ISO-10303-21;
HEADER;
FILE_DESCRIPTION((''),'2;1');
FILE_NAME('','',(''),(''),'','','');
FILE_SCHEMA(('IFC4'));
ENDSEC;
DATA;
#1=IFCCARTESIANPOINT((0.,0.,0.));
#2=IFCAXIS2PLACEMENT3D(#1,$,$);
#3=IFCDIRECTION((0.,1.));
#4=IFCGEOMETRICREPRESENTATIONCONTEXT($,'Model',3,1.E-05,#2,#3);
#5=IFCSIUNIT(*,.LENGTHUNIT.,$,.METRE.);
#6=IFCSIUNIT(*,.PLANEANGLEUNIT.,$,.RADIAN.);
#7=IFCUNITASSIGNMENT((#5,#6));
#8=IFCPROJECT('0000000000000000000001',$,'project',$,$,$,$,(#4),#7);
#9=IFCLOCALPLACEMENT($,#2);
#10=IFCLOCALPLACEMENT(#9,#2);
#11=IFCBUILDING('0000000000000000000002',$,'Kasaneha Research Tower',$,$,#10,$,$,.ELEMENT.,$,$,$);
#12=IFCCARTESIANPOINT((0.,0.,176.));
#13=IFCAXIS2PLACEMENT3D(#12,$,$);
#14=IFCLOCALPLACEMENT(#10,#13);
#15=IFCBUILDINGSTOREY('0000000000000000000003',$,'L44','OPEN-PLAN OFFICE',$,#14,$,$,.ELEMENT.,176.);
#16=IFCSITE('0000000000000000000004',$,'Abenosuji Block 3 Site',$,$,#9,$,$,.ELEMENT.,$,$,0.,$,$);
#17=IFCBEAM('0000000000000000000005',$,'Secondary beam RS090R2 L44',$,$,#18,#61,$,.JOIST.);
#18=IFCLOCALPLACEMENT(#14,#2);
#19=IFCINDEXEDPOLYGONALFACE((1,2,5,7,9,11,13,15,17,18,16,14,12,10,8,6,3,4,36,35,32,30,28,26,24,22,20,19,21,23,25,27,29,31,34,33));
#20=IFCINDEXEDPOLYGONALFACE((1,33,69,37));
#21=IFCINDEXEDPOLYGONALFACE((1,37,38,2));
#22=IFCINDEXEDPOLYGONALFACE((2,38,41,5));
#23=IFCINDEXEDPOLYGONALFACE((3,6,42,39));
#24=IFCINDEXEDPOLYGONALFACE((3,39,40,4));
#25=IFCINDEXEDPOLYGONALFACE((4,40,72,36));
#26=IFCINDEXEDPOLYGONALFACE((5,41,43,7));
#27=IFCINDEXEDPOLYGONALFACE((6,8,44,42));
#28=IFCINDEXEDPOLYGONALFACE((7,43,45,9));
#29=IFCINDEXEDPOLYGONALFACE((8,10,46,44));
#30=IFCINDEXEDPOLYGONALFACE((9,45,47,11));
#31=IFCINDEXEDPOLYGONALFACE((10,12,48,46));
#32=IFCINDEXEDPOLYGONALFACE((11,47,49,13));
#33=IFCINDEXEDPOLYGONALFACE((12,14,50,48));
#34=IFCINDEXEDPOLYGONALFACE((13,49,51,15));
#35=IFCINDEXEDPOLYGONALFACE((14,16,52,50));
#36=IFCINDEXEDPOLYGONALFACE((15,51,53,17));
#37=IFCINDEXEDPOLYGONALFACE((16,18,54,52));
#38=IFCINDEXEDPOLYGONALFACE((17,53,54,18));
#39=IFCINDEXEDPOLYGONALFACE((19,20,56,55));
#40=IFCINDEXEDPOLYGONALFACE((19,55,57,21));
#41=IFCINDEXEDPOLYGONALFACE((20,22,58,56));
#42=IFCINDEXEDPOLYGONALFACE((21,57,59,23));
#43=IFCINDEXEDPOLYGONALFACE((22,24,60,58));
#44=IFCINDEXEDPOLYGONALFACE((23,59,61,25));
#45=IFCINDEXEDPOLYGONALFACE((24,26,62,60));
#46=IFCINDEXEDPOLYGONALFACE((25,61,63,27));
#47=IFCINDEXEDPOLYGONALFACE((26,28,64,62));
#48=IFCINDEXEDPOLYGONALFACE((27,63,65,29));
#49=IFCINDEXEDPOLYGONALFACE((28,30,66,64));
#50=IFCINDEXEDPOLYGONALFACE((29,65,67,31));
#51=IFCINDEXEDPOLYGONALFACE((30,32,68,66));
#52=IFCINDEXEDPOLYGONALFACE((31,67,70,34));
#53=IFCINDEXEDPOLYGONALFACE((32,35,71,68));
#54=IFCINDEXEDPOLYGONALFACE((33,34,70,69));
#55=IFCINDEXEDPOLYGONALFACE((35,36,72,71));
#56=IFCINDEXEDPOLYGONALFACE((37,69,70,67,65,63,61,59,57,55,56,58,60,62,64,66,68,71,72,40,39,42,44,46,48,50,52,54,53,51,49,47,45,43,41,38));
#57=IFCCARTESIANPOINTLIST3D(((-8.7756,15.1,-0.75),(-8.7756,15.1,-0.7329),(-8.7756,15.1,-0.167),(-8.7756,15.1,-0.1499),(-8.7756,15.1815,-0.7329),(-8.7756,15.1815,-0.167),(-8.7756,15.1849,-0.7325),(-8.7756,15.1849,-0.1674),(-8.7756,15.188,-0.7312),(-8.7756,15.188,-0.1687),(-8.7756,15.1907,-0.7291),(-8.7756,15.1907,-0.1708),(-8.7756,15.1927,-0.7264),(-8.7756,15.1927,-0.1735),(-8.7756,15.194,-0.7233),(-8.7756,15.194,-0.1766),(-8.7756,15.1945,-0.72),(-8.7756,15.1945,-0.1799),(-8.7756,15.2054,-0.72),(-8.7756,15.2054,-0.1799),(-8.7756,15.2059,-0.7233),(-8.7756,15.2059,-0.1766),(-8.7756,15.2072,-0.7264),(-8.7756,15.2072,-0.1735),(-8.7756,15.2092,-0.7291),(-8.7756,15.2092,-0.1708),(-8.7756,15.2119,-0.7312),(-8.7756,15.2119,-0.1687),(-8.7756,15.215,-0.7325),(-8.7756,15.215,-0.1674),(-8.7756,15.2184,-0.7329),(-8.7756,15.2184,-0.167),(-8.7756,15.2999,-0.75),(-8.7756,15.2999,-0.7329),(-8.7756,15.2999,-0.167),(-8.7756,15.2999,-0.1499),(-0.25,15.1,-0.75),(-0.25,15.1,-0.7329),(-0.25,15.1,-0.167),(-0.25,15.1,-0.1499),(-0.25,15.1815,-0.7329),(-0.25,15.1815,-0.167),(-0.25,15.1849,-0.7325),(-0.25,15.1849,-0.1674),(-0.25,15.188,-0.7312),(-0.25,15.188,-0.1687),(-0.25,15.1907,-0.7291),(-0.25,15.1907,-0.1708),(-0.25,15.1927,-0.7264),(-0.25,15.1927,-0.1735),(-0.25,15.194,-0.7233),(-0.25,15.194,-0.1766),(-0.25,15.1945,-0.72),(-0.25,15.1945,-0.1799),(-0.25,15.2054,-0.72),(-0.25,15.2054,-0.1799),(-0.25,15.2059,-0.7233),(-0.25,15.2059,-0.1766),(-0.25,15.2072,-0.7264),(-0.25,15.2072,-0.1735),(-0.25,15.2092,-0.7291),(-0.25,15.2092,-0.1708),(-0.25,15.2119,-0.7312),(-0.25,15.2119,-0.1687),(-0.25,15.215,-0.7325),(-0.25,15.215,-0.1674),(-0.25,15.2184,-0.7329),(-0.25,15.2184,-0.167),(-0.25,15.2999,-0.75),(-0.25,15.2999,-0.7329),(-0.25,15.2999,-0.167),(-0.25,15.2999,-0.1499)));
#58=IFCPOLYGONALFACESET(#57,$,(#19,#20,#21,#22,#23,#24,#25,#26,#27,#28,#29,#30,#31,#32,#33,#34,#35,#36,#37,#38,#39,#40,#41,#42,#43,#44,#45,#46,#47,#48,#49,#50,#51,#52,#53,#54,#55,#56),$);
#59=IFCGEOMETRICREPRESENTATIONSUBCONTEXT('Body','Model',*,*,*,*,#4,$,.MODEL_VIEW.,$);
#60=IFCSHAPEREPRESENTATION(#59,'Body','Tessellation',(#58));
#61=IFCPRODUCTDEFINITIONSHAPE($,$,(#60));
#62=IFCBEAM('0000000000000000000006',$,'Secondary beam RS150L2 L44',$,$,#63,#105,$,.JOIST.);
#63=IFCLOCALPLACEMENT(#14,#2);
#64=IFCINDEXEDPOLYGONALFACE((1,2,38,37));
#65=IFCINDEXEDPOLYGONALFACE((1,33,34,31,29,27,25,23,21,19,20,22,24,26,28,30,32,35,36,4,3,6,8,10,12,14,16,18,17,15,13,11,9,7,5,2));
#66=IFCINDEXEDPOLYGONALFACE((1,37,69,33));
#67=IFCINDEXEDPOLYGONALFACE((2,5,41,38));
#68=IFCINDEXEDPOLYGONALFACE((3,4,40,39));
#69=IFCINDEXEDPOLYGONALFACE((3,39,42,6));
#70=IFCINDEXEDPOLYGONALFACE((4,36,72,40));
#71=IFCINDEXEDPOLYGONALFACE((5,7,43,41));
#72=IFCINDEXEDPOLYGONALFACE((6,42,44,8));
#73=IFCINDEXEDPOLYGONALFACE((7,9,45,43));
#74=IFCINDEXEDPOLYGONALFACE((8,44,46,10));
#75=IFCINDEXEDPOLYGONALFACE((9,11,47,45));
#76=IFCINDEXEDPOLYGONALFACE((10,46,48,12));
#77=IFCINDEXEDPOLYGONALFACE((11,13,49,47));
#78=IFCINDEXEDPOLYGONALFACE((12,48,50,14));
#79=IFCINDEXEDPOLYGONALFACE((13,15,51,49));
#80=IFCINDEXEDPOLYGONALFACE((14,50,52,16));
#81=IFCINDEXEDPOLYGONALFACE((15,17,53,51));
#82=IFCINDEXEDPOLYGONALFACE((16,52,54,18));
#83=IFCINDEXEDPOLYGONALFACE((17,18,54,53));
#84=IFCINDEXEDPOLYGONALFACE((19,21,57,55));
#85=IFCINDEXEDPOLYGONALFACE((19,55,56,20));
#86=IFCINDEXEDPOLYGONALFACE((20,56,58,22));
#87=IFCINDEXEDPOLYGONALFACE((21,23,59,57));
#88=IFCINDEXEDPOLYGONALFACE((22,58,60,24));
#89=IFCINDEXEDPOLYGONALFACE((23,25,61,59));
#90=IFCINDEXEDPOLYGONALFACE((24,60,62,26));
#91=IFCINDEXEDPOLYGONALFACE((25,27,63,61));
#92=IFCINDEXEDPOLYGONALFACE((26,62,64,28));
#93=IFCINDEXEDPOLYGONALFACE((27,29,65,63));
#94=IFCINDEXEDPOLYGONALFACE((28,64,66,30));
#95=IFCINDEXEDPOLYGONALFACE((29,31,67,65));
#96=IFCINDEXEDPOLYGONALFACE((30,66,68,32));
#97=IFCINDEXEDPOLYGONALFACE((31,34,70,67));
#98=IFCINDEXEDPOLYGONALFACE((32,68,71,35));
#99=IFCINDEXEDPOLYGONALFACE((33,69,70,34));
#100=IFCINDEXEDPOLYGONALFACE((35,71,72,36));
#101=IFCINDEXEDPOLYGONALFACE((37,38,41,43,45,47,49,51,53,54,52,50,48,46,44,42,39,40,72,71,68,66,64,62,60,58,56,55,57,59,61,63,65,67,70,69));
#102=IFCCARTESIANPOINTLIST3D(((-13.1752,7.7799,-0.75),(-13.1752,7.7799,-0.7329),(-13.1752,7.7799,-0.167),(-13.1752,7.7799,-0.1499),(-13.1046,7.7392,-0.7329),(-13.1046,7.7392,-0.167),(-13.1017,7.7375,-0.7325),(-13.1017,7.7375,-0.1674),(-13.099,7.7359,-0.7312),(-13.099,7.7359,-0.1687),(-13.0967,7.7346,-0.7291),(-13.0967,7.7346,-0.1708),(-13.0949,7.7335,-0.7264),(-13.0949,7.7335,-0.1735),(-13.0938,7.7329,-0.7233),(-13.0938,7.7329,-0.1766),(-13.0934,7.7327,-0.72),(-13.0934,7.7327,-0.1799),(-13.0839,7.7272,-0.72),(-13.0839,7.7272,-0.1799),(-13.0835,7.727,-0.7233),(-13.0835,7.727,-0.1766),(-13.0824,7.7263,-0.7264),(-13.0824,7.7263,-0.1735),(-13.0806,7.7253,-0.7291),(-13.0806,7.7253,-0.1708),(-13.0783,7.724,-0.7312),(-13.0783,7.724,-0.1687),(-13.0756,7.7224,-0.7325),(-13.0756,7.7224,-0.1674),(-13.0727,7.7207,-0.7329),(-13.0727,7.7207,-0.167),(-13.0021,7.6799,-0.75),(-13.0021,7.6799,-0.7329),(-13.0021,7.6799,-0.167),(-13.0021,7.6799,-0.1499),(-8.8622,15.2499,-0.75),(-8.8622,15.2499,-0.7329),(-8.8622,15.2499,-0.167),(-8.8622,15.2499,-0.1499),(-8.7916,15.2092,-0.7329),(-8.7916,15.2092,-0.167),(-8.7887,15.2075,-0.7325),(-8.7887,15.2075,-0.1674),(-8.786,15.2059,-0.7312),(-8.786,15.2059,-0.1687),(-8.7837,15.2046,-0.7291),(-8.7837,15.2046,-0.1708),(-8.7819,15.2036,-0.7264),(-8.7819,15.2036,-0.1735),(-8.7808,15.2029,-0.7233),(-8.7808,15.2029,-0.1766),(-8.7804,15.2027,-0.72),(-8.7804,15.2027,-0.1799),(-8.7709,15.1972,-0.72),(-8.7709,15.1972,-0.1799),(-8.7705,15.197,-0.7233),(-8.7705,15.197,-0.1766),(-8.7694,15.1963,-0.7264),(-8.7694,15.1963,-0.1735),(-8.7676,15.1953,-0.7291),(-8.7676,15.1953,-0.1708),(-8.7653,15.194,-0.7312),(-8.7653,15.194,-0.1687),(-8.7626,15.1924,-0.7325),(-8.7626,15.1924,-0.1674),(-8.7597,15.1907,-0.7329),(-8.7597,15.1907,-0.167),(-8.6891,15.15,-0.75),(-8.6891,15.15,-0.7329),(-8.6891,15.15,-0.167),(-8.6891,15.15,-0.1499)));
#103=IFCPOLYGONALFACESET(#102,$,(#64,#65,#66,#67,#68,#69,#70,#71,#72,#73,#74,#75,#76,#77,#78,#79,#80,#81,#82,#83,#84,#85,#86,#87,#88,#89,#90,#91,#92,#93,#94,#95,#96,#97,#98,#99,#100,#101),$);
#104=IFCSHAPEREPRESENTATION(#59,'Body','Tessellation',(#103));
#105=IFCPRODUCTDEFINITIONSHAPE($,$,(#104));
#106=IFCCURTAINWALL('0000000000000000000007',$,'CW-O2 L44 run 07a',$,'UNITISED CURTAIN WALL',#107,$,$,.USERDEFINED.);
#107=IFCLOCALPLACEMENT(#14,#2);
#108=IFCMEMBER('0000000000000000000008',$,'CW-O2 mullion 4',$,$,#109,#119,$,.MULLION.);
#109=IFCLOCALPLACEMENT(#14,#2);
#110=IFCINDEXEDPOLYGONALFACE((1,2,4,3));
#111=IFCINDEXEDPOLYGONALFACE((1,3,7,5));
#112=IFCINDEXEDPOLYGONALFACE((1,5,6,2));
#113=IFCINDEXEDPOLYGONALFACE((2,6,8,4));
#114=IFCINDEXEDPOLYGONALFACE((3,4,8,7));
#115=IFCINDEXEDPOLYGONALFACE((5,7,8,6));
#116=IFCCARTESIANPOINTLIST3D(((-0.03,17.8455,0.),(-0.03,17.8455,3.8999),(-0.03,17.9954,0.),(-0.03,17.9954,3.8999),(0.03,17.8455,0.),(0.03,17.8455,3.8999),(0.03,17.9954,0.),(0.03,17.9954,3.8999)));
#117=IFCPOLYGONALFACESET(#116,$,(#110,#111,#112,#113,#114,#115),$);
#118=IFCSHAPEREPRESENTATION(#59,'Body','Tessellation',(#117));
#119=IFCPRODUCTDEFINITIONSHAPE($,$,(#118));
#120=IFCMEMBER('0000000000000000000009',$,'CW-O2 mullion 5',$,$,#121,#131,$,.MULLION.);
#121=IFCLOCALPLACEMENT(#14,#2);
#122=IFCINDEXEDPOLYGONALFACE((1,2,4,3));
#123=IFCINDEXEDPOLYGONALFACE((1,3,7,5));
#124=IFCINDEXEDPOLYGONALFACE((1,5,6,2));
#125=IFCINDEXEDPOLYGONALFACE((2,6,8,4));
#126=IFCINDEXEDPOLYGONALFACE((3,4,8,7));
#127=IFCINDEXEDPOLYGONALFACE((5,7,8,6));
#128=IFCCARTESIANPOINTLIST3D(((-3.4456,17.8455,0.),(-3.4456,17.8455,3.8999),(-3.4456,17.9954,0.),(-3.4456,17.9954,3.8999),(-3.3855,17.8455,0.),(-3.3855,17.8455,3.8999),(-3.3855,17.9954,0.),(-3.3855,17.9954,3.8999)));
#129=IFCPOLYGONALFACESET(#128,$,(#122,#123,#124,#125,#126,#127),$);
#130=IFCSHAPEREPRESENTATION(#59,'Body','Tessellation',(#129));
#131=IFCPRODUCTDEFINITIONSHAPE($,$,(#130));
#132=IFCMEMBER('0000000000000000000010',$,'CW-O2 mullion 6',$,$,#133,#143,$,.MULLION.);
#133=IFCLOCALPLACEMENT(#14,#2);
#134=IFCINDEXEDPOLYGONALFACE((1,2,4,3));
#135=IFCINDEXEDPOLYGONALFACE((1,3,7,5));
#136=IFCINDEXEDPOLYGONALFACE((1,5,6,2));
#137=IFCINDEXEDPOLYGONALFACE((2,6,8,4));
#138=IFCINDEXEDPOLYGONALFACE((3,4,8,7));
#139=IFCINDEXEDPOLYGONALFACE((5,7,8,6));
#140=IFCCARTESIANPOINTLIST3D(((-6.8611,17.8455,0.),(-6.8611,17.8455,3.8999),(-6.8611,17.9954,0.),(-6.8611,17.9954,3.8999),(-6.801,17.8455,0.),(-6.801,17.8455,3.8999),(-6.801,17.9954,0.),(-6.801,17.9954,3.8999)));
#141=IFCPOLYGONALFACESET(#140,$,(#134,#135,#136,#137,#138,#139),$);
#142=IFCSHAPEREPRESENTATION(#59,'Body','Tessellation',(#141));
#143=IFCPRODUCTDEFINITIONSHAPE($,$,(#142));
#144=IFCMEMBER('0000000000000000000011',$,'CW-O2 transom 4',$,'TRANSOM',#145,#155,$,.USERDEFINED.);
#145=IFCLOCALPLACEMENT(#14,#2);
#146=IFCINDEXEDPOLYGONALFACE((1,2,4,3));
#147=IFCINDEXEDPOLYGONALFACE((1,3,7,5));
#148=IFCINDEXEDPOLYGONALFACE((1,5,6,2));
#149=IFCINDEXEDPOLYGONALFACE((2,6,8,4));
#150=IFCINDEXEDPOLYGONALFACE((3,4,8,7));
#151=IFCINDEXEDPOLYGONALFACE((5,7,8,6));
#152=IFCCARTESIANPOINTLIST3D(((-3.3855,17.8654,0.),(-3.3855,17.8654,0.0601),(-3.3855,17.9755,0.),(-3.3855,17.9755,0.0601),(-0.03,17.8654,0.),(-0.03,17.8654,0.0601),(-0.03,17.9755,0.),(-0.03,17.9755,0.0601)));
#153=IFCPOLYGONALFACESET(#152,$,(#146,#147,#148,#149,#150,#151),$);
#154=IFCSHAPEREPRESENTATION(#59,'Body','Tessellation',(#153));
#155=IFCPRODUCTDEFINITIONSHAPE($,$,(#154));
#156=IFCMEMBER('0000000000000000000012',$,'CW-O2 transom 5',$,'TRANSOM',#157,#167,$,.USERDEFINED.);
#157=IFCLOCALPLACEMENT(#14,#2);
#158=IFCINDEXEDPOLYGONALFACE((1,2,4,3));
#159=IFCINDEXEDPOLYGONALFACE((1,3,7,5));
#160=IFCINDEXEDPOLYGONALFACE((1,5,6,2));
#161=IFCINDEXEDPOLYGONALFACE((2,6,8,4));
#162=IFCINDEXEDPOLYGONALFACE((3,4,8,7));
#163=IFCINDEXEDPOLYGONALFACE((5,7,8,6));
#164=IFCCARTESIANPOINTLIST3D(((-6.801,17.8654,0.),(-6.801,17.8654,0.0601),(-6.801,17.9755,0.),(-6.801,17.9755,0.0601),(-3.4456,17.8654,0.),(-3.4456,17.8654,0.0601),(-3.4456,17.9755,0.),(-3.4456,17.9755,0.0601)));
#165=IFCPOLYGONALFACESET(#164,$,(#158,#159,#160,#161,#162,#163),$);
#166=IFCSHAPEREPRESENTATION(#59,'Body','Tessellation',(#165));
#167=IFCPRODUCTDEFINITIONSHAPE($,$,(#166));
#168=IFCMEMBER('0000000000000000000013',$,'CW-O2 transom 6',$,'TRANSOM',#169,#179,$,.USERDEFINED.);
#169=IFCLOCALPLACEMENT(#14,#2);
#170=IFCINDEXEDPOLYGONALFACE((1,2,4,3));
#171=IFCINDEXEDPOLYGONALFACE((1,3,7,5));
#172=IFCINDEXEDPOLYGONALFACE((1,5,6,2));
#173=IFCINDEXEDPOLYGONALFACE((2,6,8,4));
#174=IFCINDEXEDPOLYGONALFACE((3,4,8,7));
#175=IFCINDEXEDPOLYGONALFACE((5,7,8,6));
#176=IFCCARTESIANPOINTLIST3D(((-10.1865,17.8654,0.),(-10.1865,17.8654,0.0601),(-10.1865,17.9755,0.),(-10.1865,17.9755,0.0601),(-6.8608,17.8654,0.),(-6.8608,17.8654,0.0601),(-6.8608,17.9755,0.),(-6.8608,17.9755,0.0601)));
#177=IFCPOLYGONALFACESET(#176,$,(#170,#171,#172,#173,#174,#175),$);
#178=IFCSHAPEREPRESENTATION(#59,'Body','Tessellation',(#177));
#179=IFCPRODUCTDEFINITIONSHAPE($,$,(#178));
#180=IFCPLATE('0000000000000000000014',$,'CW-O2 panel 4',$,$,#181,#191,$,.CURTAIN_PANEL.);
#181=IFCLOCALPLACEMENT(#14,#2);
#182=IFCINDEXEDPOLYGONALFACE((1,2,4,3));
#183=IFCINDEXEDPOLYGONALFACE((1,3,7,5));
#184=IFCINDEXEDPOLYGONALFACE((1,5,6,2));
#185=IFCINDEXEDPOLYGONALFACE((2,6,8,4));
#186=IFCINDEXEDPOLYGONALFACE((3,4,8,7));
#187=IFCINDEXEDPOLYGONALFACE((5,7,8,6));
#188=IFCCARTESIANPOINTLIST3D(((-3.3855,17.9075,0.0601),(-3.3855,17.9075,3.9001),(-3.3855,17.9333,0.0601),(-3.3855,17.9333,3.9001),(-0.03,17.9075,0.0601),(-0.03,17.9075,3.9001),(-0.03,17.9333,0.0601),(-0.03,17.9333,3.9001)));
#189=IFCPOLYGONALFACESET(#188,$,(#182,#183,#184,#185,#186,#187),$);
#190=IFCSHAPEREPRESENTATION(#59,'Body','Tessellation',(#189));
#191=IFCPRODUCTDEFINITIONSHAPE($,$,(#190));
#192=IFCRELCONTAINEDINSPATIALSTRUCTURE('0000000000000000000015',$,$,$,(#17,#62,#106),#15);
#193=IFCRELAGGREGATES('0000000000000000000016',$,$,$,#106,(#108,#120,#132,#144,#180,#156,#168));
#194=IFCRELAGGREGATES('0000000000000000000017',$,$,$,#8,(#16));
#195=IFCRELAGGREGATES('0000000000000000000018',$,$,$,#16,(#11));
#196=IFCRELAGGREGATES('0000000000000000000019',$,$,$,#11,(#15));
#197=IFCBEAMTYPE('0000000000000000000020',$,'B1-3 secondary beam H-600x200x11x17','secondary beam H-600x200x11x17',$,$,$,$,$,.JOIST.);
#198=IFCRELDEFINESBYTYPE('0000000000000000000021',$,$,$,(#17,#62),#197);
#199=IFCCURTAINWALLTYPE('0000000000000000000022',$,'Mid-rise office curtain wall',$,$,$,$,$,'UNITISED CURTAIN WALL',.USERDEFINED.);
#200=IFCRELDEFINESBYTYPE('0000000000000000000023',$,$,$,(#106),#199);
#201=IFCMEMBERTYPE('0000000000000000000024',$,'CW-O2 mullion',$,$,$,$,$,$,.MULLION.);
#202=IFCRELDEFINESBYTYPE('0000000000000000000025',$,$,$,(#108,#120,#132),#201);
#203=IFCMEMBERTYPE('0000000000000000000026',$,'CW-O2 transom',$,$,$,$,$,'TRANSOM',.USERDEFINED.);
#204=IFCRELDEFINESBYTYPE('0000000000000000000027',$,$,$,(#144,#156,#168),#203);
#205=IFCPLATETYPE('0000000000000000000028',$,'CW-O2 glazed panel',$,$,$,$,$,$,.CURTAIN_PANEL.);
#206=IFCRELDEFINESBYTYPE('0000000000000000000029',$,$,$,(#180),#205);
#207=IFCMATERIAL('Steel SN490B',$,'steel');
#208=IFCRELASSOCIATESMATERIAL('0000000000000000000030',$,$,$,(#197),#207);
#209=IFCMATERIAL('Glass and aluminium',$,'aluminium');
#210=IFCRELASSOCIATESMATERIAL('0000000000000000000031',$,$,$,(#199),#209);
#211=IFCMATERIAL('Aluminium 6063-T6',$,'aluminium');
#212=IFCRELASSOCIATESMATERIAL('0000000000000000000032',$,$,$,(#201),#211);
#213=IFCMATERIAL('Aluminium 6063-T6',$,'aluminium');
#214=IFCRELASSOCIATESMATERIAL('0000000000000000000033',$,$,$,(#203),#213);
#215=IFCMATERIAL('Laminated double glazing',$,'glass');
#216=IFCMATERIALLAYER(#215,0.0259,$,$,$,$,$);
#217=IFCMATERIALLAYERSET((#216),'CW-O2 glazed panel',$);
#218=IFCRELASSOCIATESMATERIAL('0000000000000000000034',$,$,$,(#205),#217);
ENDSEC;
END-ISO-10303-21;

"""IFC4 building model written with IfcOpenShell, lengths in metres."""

from ifc_helpers import new_model, si_unit, direction, frame, origin, origin_2d, place, context, subcontext, project, spatial, rectangle, i_section, extrude, material, layer, layer_set, material_profile, profile_set, type_object, element, aggregate, save


model = new_model("IFC4")

# Units and contexts
model_context = context("Model", 3, precision=1e-05, world=origin(), true_north=direction((0.0, 1.0)))
body_context = subcontext(model_context, "Body", "Model", "MODEL_VIEW")
ifc_project = project(units=[si_unit("LENGTHUNIT", "METRE"), si_unit("PLANEANGLEUNIT", "RADIAN")], contexts=[model_context])

# Site, building, storey
site_placement = place(None, origin())
site = spatial("IfcSite", under=ifc_project, at=site_placement, Name="Abenosuji Block 3 Site", CompositionType="ELEMENT", RefElevation=0.0)
building_placement = place(site_placement, origin())
building = spatial("IfcBuilding", under=site, at=building_placement, Name="Kasaneha Research Tower", CompositionType="ELEMENT")
storey_placement = place(building_placement, frame((0.0, 0.0, 176.0)))
storey = spatial("IfcBuildingStorey", under=building, at=storey_placement, Name="L44", Description="OPEN-PLAN OFFICE", CompositionType="ELEMENT", Elevation=176.0)

# Beams
ifc_material_1 = material(Name="Steel SN490B", Category="steel")
ifc_material_profile_1 = material_profile(ifc_material_1, i_section(OverallWidth=0.2, OverallDepth=0.6001, WebThickness=0.011, FlangeThickness=0.0171, FilletRadius=0.0129, at=origin_2d()), Name="H-600x200x11x17")
ifc_profile_set_1 = profile_set([ifc_material_profile_1], Name="Steel SN490B")
beam_type = type_object("IfcBeamType", Name="B1-3 secondary beam H-600x200x11x17", Description="secondary beam H-600x200x11x17", PredefinedType="JOIST", material=ifc_profile_set_1)
beam_1_placement = place(storey_placement, frame((-8.7756, 15.2, -0.45), z_axis=(1.0, 0.0, 0.0), x_axis=(0.0, 1.0, 0.0)))
element("IfcBeam", 1, at=beam_1_placement, inside=storey, type_object=beam_type, Name="Secondary beam RS090R2 L44", PredefinedType="JOIST", context=body_context, shape_type="SweptSolid", body=[
    extrude(i_section(OverallWidth=0.2, OverallDepth=0.6001, WebThickness=0.011, FlangeThickness=0.0171, FilletRadius=0.0129, at=origin_2d()), origin(), (0.0, 0.0, 1.0), 8.5256),
])
beam_2_placement = place(storey_placement, frame((-8.7756, 15.2, -0.45), z_axis=(-0.500017, -0.866015, 0.0), x_axis=(0.866015, -0.500017, 0.0)))
element("IfcBeam", 2, at=beam_2_placement, inside=storey, type_object=beam_type, Name="Secondary beam RS150L2 L44", PredefinedType="JOIST", context=body_context, shape_type="SweptSolid", body=[
    extrude(i_section(OverallWidth=0.2, OverallDepth=0.6001, WebThickness=0.011, FlangeThickness=0.0171, FilletRadius=0.0129, at=origin_2d()), origin(), (0.0, 0.0, 1.0), 8.6257),
])

# Curtain wall, members, plate
ifc_material_2 = material(Name="Glass and aluminium", Category="aluminium")
curtain_wall_type = type_object("IfcCurtainWallType", Name="Mid-rise office curtain wall", ElementType="UNITISED CURTAIN WALL", PredefinedType="USERDEFINED", material=ifc_material_2)
curtain_wall_placement = place(storey_placement, origin())
curtain_wall = element("IfcCurtainWall", 3, at=curtain_wall_placement, inside=storey, type_object=curtain_wall_type, Name="CW-O2 L44 run 07a", ObjectType="UNITISED CURTAIN WALL", PredefinedType="USERDEFINED")
ifc_material_3 = material(Name="Aluminium 6063-T6", Category="aluminium")
ifc_material_profile_2 = material_profile(ifc_material_3, rectangle(XDim=0.0601, YDim=0.1499, at=origin_2d()), Name="CW-O2 mullion 60x150")
ifc_profile_set_2 = profile_set([ifc_material_profile_2], Name="Aluminium 6063-T6")
member_type_1 = type_object("IfcMemberType", Name="CW-O2 mullion", PredefinedType="MULLION", material=ifc_profile_set_2)
member_1_placement = place(storey_placement, frame((0.0, 17.9204, 0.0), z_axis=(0.0, 0.0, 1.0), x_axis=(-1.0, 0.0, 0.0)))
member_1 = element("IfcMember", 4, at=member_1_placement, type_object=member_type_1, Name="CW-O2 mullion 4", PredefinedType="MULLION", context=body_context, shape_type="SweptSolid", body=[
    extrude(rectangle(XDim=0.0601, YDim=0.1499, at=origin_2d()), origin(), (0.0, 0.0, 1.0), 3.8999),
])
member_2_placement = place(storey_placement, frame((-3.4155, 17.9204, 0.0), z_axis=(0.0, 0.0, 1.0), x_axis=(-1.0, 0.0, 0.0)))
member_2 = element("IfcMember", 5, at=member_2_placement, type_object=member_type_1, Name="CW-O2 mullion 5", PredefinedType="MULLION", context=body_context, shape_type="SweptSolid", body=[
    extrude(rectangle(XDim=0.0601, YDim=0.1499, at=origin_2d()), origin(), (0.0, 0.0, 1.0), 3.8999),
])
member_3_placement = place(storey_placement, frame((-6.8311, 17.9204, 0.0), z_axis=(0.0, 0.0, 1.0), x_axis=(-1.0, 0.0, 0.0)))
member_3 = element("IfcMember", 6, at=member_3_placement, type_object=member_type_1, Name="CW-O2 mullion 6", PredefinedType="MULLION", context=body_context, shape_type="SweptSolid", body=[
    extrude(rectangle(XDim=0.0601, YDim=0.1499, at=origin_2d()), origin(), (0.0, 0.0, 1.0), 3.8999),
])
ifc_material_4 = material(Name="Aluminium 6063-T6", Category="aluminium")
ifc_material_profile_3 = material_profile(ifc_material_4, rectangle(XDim=0.1101, YDim=0.0601, at=origin_2d()), Name="CW-O2 transom 110x60")
ifc_profile_set_3 = profile_set([ifc_material_profile_3], Name="Aluminium 6063-T6")
member_type_2 = type_object("IfcMemberType", Name="CW-O2 transom", ElementType="TRANSOM", PredefinedType="USERDEFINED", material=ifc_profile_set_3)
member_4_placement = place(storey_placement, frame((-0.03, 17.9204, 0.03), z_axis=(-1.0, 0.0, 0.0), x_axis=(0.0, -1.0, 0.0)))
member_4 = element("IfcMember", 7, at=member_4_placement, type_object=member_type_2, Name="CW-O2 transom 4", ObjectType="TRANSOM", PredefinedType="USERDEFINED", context=body_context, shape_type="SweptSolid", body=[
    extrude(rectangle(XDim=0.1101, YDim=0.0601, at=origin_2d()), origin(), (0.0, 0.0, 1.0), 3.3555),
])
member_5_placement = place(storey_placement, frame((-3.4456, 17.9204, 0.03), z_axis=(-1.0, 0.0, 0.0), x_axis=(0.0, -1.0, 0.0)))
member_5 = element("IfcMember", 8, at=member_5_placement, type_object=member_type_2, Name="CW-O2 transom 5", ObjectType="TRANSOM", PredefinedType="USERDEFINED", context=body_context, shape_type="SweptSolid", body=[
    extrude(rectangle(XDim=0.1101, YDim=0.0601, at=origin_2d()), origin(), (0.0, 0.0, 1.0), 3.3555),
])
member_6_placement = place(storey_placement, frame((-6.8608, 17.9204, 0.03), z_axis=(-1.0, 0.0, 0.0), x_axis=(0.0, -1.0, 0.0)))
member_6 = element("IfcMember", 9, at=member_6_placement, type_object=member_type_2, Name="CW-O2 transom 6", ObjectType="TRANSOM", PredefinedType="USERDEFINED", context=body_context, shape_type="SweptSolid", body=[
    extrude(rectangle(XDim=0.1101, YDim=0.0601, at=origin_2d()), origin(), (0.0, 0.0, 1.0), 3.3257),
])
ifc_material_5 = material(Name="Laminated double glazing", Category="glass")
ifc_layer_1 = layer(ifc_material_5, 0.0259)
ifc_layer_set_1 = layer_set([ifc_layer_1], Name="CW-O2 glazed panel")
plate_type = type_object("IfcPlateType", Name="CW-O2 glazed panel", PredefinedType="CURTAIN_PANEL", material=ifc_layer_set_1)
plate_1_placement = place(storey_placement, frame((-1.7078, 17.9204, 0.0601), z_axis=(0.0, 0.0, 1.0), x_axis=(-1.0, 0.0, 0.0)))
plate_1 = element("IfcPlate", 10, at=plate_1_placement, type_object=plate_type, Name="CW-O2 panel 4", PredefinedType="CURTAIN_PANEL", context=body_context, shape_type="SweptSolid", body=[
    extrude(rectangle(XDim=3.3555, YDim=0.0259, at=origin_2d()), origin(), (0.0, 0.0, 1.0), 3.8401),
])
aggregate(curtain_wall, [member_1, member_2, member_3, member_4, plate_1, member_5, member_6])

save(model, "model.ifc")
